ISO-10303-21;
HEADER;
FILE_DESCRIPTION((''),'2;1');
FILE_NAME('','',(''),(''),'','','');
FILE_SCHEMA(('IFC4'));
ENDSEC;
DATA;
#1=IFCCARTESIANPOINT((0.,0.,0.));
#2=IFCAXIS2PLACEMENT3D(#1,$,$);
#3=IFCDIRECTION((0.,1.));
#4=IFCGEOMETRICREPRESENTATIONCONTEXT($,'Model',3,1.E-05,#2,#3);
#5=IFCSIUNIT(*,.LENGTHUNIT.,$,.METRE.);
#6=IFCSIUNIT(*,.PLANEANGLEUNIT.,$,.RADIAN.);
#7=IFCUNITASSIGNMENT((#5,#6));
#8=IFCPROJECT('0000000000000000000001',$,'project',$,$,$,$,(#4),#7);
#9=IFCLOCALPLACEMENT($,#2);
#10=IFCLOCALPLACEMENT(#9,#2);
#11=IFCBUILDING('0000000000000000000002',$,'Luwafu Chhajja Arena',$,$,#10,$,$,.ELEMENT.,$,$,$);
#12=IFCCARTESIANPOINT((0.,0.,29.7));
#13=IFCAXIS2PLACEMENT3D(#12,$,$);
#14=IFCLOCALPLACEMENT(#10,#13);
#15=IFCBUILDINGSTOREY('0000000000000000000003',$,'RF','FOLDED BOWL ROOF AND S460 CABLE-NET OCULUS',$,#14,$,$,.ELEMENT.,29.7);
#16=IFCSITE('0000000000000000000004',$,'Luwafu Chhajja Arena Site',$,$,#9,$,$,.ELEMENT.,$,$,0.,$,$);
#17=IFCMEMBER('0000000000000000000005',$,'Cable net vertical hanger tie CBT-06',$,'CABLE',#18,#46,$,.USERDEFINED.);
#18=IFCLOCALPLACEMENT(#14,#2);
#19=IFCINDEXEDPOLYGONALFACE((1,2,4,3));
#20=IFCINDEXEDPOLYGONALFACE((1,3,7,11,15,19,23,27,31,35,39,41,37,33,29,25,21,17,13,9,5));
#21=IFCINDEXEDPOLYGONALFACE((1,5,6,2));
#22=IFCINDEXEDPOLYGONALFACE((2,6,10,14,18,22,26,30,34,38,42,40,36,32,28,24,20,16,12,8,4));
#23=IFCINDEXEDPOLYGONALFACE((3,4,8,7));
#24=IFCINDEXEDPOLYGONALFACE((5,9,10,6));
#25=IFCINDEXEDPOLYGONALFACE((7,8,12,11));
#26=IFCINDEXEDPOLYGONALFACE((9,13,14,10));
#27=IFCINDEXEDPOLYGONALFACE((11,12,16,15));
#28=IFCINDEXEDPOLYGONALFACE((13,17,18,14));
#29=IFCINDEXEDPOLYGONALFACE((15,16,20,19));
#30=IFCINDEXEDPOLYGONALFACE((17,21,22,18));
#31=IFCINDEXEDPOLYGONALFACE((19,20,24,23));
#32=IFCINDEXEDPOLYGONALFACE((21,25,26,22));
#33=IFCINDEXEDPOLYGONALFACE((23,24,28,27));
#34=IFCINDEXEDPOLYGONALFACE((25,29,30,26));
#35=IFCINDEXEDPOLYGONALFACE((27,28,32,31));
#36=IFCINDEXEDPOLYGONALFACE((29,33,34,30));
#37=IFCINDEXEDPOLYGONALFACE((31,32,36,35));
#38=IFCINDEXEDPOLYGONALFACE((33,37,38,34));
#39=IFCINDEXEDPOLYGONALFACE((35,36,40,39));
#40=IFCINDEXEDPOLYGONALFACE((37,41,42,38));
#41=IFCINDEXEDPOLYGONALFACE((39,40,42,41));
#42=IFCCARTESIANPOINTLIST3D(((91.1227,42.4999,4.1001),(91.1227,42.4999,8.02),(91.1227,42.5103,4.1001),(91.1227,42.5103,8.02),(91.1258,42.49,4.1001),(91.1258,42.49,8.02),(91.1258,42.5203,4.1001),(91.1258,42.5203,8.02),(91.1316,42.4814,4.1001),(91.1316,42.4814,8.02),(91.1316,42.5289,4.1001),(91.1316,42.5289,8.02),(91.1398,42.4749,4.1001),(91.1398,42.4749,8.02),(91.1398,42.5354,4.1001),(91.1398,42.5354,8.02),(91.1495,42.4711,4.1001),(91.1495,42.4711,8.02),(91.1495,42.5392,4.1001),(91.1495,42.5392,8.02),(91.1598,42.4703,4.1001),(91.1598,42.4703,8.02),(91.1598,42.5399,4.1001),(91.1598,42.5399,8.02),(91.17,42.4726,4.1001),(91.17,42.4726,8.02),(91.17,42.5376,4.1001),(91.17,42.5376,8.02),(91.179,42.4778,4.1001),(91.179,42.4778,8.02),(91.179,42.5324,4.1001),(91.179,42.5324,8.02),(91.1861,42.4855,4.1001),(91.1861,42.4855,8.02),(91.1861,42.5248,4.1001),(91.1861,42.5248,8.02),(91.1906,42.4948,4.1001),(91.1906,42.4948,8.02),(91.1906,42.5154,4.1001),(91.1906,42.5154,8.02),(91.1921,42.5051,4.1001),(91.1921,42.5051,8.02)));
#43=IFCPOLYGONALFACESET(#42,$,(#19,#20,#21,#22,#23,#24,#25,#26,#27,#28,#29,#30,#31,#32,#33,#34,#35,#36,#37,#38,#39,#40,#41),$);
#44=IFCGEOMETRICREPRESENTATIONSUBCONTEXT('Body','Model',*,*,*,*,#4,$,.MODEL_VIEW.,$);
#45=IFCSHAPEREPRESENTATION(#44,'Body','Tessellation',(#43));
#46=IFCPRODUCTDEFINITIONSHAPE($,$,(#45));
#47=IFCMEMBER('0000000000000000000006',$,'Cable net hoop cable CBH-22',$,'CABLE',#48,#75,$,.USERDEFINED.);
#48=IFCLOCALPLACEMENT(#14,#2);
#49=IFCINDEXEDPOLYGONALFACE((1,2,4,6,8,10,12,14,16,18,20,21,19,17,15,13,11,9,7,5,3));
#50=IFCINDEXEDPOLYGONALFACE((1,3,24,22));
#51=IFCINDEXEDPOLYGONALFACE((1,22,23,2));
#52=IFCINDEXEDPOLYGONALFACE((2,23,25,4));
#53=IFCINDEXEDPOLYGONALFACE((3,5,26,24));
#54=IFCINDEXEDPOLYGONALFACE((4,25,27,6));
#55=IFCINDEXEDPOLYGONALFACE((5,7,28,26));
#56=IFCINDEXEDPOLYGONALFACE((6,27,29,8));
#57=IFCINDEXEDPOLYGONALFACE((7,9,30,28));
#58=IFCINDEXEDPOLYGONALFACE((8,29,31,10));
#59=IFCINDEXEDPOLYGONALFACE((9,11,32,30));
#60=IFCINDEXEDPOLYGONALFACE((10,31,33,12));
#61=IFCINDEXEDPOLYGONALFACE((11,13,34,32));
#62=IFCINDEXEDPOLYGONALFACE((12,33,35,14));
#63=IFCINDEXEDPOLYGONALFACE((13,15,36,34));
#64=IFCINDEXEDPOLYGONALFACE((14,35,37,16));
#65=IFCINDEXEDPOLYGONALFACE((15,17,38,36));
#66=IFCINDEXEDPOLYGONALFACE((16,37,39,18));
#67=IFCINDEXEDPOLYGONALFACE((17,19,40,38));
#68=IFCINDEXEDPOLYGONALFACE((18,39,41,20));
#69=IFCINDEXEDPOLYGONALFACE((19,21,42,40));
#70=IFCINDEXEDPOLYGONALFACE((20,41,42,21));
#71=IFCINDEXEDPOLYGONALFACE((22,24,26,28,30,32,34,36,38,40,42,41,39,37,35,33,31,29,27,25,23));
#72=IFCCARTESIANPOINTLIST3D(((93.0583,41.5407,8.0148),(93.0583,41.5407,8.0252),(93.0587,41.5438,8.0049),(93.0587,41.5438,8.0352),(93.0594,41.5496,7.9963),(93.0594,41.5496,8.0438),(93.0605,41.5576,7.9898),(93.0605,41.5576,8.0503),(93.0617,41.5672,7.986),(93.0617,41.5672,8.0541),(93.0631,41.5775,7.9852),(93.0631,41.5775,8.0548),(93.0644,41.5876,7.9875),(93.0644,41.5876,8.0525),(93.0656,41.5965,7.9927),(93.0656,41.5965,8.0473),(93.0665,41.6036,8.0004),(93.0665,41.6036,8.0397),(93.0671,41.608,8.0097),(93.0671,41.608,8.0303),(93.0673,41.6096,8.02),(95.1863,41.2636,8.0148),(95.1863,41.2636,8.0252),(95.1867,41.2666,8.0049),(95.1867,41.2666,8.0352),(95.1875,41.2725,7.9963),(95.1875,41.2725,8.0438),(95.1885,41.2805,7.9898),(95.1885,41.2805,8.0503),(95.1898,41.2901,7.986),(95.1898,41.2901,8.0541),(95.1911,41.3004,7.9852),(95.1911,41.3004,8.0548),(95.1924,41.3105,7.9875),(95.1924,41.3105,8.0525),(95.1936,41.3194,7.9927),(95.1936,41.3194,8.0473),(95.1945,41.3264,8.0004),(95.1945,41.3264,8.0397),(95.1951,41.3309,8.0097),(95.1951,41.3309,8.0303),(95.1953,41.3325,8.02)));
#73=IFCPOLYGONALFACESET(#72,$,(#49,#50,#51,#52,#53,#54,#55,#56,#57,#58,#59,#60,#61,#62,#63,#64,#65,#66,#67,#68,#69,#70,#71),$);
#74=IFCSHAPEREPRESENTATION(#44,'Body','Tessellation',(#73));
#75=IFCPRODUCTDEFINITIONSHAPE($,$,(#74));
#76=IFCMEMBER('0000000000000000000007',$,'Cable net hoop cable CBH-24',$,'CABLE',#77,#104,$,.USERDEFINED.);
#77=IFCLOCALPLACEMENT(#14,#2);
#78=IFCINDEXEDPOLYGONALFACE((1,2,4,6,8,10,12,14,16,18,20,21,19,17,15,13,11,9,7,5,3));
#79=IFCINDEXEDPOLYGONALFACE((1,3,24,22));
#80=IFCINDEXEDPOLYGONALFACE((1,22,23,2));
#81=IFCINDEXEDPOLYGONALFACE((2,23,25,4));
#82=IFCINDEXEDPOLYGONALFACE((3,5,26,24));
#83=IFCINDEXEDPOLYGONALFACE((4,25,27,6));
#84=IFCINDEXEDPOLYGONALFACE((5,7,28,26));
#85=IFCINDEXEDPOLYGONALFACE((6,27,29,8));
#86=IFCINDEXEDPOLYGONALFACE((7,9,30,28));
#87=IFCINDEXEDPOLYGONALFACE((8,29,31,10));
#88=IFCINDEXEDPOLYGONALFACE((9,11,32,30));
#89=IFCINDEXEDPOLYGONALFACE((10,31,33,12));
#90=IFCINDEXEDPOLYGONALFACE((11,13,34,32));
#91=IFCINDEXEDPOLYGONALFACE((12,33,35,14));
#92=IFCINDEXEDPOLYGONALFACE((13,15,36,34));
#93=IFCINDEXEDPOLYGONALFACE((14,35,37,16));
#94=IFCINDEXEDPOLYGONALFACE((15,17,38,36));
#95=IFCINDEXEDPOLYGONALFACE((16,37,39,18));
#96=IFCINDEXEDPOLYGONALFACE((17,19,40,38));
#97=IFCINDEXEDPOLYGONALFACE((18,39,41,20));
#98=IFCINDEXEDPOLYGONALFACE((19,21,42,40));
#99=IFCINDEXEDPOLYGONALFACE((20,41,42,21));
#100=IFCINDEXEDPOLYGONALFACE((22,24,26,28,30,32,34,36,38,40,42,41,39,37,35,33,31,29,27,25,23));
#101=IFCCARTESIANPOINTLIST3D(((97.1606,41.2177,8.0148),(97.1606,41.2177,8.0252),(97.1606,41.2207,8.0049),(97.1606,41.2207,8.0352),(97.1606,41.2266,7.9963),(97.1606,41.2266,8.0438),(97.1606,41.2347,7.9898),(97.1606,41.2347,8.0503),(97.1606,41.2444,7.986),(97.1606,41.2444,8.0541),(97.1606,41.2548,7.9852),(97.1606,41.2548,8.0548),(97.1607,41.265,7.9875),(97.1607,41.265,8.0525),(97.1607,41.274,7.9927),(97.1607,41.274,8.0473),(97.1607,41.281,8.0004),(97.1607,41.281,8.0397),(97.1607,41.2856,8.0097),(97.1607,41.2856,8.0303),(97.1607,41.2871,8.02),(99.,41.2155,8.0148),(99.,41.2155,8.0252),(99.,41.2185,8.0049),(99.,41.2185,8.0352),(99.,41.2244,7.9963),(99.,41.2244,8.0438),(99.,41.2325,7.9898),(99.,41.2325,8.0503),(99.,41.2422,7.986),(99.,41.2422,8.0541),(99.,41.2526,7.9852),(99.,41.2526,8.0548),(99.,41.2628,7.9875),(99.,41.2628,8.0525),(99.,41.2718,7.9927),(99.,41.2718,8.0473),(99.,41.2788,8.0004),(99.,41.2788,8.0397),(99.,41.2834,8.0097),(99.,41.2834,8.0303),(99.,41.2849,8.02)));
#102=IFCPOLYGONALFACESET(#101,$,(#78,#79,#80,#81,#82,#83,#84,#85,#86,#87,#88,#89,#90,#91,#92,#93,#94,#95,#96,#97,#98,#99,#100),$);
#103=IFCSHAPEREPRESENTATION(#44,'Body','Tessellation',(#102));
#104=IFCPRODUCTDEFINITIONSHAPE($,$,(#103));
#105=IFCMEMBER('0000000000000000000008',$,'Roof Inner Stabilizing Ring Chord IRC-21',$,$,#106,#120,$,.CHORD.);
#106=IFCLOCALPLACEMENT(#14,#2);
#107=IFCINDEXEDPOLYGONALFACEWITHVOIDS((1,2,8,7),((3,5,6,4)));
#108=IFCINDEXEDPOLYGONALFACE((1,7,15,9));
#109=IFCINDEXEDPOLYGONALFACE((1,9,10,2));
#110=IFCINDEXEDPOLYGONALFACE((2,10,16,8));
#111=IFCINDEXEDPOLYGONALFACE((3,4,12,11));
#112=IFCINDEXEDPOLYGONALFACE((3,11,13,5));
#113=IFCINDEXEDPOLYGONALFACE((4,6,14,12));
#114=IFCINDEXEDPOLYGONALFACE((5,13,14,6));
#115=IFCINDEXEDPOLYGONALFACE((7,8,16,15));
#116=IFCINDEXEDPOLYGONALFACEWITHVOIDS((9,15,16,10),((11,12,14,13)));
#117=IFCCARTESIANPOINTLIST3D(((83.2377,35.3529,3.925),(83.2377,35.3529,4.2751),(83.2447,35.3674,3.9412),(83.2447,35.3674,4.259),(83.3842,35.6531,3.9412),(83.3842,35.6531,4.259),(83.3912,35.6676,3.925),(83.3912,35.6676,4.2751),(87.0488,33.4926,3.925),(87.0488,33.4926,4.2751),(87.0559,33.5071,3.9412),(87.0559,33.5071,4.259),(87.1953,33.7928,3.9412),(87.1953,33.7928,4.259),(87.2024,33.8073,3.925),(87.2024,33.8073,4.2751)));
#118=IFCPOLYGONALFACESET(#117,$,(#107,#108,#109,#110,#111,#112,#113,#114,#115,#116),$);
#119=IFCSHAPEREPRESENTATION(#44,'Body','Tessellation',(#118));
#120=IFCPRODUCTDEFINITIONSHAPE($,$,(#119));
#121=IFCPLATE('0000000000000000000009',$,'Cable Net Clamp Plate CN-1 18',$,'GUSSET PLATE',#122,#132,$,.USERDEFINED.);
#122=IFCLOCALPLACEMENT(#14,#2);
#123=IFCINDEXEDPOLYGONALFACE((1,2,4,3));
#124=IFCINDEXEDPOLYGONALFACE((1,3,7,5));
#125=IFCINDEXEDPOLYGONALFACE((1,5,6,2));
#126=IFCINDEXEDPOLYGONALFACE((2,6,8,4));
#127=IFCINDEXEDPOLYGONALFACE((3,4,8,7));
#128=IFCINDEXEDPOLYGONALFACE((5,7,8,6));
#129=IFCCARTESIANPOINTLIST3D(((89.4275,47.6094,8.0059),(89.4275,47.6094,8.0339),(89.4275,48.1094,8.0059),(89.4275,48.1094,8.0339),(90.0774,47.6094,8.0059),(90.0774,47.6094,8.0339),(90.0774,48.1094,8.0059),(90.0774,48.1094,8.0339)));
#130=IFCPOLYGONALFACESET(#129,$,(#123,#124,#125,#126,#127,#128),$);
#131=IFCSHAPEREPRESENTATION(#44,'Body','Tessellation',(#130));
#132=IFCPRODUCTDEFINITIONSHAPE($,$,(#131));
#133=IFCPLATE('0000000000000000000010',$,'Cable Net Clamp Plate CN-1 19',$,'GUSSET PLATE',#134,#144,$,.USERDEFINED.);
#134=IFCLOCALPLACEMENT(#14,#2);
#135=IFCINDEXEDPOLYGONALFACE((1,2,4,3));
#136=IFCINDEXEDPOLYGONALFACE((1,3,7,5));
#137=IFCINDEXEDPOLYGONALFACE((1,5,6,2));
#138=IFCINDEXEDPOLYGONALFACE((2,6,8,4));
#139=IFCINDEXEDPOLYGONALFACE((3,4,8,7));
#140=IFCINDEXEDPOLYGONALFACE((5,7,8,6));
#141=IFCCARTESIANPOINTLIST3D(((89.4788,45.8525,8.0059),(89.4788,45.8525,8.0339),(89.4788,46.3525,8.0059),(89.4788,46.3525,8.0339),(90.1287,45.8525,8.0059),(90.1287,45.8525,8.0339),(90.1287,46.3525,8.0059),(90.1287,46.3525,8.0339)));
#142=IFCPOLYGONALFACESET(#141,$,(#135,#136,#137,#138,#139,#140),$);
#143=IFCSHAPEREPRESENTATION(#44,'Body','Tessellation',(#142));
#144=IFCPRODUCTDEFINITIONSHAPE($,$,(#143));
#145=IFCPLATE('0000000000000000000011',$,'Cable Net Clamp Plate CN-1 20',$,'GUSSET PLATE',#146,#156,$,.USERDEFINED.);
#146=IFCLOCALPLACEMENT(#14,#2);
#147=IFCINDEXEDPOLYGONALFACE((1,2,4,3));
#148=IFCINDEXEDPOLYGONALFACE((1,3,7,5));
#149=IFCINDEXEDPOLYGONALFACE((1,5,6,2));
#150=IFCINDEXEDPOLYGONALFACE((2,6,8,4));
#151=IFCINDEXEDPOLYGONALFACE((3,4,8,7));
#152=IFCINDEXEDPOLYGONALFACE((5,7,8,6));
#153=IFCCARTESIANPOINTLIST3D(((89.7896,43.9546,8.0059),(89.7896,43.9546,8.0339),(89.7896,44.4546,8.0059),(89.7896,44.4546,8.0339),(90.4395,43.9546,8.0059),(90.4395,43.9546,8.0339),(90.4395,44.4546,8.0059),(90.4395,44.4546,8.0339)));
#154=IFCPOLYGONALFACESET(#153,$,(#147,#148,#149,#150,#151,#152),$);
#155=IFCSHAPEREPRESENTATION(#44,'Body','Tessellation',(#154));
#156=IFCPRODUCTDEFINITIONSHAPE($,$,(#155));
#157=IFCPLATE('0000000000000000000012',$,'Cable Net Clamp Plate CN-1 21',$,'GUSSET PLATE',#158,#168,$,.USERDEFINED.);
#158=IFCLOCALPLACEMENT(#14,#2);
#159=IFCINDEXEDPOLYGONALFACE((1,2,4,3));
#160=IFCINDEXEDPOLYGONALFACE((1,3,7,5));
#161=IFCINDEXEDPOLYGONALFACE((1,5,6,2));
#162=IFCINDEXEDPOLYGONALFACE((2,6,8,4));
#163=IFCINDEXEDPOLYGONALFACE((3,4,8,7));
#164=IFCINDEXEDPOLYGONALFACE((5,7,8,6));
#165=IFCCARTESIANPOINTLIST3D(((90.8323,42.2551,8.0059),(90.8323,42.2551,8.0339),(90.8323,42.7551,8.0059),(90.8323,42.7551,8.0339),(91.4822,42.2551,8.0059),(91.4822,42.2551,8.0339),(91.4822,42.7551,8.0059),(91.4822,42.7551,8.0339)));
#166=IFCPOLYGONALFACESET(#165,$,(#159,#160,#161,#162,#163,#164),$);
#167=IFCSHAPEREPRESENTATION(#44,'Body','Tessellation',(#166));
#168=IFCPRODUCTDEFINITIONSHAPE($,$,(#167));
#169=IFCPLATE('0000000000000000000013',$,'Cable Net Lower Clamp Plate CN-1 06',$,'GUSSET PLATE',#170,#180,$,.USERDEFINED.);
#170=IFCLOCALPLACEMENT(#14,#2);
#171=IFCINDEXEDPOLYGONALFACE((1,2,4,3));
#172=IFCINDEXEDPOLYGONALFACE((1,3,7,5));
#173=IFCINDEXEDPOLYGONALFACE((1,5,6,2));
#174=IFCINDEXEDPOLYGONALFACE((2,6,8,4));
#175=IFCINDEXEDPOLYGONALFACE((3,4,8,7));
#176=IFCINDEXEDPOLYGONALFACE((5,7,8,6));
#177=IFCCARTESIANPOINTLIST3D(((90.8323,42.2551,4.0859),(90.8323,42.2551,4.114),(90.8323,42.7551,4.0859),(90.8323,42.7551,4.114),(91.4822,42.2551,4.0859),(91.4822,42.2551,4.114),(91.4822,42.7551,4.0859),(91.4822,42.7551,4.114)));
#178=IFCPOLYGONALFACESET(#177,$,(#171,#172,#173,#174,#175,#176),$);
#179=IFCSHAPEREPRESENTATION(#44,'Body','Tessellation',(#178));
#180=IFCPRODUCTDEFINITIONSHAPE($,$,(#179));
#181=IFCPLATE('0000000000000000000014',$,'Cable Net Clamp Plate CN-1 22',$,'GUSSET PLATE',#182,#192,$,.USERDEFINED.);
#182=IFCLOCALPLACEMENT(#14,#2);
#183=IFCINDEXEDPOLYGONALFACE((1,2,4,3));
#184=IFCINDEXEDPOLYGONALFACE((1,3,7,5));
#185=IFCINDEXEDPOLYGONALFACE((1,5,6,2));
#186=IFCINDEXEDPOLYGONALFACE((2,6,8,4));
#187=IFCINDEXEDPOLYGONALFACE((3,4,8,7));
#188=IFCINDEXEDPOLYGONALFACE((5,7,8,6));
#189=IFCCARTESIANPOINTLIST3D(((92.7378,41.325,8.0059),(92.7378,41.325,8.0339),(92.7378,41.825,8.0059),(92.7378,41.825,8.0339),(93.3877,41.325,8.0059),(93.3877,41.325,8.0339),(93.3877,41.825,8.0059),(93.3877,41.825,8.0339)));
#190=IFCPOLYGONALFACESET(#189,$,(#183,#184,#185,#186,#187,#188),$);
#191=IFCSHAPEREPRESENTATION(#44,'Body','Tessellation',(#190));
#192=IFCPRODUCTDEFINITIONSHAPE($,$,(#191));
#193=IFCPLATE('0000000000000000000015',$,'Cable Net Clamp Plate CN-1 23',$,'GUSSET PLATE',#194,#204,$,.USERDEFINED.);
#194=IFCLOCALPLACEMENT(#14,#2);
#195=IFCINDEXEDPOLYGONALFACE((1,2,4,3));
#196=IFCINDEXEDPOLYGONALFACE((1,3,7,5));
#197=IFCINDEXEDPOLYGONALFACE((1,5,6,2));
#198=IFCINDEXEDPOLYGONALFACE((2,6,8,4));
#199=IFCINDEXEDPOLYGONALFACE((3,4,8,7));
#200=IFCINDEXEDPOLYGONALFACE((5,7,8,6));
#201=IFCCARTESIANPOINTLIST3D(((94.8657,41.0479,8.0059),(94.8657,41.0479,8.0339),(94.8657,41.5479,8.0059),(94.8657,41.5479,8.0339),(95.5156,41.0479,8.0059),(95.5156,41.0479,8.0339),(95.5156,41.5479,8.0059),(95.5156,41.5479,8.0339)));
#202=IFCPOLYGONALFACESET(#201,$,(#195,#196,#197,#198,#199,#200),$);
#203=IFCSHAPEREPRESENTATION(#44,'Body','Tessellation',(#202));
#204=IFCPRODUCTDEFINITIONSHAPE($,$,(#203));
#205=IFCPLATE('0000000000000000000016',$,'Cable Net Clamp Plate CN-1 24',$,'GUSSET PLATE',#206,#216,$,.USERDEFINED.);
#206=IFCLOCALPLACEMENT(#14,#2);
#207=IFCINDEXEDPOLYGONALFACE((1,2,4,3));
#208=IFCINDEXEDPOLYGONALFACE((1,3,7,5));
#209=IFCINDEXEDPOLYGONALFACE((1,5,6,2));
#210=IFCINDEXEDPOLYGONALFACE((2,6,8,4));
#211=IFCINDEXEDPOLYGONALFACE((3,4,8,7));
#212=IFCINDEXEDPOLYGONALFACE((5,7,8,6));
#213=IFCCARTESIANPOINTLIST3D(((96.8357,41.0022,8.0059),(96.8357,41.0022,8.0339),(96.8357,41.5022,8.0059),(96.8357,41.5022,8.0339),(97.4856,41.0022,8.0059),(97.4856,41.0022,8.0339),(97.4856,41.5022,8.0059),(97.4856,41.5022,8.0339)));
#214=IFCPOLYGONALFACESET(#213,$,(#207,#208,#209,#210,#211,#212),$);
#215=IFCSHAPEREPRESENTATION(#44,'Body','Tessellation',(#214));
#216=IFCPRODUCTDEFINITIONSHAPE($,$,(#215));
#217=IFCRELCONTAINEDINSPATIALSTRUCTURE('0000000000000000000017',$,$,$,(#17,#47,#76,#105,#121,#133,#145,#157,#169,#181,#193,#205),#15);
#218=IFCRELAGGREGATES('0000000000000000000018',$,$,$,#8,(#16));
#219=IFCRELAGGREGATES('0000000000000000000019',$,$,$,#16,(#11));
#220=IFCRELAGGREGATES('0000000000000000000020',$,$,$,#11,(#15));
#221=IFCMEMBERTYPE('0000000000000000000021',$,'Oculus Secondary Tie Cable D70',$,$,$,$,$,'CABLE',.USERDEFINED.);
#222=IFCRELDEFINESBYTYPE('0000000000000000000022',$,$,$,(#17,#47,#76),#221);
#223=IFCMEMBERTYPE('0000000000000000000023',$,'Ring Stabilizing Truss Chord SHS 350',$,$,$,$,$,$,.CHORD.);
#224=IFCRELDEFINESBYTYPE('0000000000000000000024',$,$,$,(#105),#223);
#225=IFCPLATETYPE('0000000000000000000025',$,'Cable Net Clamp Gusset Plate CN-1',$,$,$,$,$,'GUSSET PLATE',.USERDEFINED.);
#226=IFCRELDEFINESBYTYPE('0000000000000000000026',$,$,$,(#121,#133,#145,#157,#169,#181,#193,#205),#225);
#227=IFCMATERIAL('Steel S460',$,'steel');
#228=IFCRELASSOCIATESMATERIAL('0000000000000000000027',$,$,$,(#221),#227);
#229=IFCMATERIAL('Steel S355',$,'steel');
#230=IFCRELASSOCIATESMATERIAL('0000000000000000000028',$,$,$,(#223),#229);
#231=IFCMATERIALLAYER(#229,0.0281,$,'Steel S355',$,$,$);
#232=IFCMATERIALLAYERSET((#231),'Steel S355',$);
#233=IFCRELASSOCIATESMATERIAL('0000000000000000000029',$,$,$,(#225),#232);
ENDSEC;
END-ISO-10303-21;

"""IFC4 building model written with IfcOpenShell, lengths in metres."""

from ifc_helpers import new_model, si_unit, direction, frame, origin, origin_2d, place, context, subcontext, project, spatial, rectangle, hollow_rectangle, circle, extrude, material, layer, layer_set, material_profile, profile_set, type_object, element, save


model = new_model("IFC4")

# Units and contexts
model_context = context("Model", 3, precision=1e-05, world=origin(), true_north=direction((0.0, 1.0)))
body_context = subcontext(model_context, "Body", "Model", "MODEL_VIEW")
ifc_project = project(units=[si_unit("LENGTHUNIT", "METRE"), si_unit("PLANEANGLEUNIT", "RADIAN")], contexts=[model_context])

# Site, building, storey
site_placement = place(None, origin())
site = spatial("IfcSite", under=ifc_project, at=site_placement, Name="Luwafu Chhajja Arena Site", CompositionType="ELEMENT", RefElevation=0.0)
building_placement = place(site_placement, origin())
building = spatial("IfcBuilding", under=site, at=building_placement, Name="Luwafu Chhajja Arena", CompositionType="ELEMENT")
storey_placement = place(building_placement, frame((0.0, 0.0, 29.7)))
storey = spatial("IfcBuildingStorey", under=building, at=storey_placement, Name="RF", Description="FOLDED BOWL ROOF AND S460 CABLE-NET OCULUS", CompositionType="ELEMENT", Elevation=29.7)

# Shared definitions
ifc_material_1 = material(Name="Steel S355", Category="steel")

# Members
ifc_material_2 = material(Name="Steel S460", Category="steel")
ifc_material_profile_1 = material_profile(ifc_material_2, circle(Radius=0.0349, at=origin_2d()), Name="CABLE D70")
ifc_profile_set_1 = profile_set([ifc_material_profile_1], Name="Steel S460")
member_type_1 = type_object("IfcMemberType", Name="Oculus Secondary Tie Cable D70", ElementType="CABLE", PredefinedType="USERDEFINED", material=ifc_profile_set_1)
member_1_placement = place(storey_placement, frame((91.1572, 42.5051, 4.1001), z_axis=(0.0, 0.0, 1.0), x_axis=(1.0, 0.0, 0.0)))
element("IfcMember", 1, at=member_1_placement, inside=storey, type_object=member_type_1, Name="Cable net vertical hanger tie CBT-06", ObjectType="CABLE", PredefinedType="USERDEFINED", context=body_context, shape_type="SweptSolid", body=[
    extrude(circle(Radius=0.0349, at=origin_2d()), origin(), (0.0, 0.0, 1.0), 3.9199),
])
member_2_placement = place(storey_placement, frame((93.0627, 41.575, 8.02), z_axis=(0.991628, -0.12913, 0.0), x_axis=(0.12913, 0.991628, 0.0)))
element("IfcMember", 2, at=member_2_placement, inside=storey, type_object=member_type_1, Name="Cable net hoop cable CBH-22", ObjectType="CABLE", PredefinedType="USERDEFINED", context=body_context, shape_type="SweptSolid", body=[
    extrude(circle(Radius=0.0349, at=origin_2d()), origin(), (0.0, 0.0, 1.0), 2.146),
])
member_3_placement = place(storey_placement, frame((97.1606, 41.2522, 8.02), z_axis=(0.999999, -0.001195, 0.0), x_axis=(0.001195, 0.999999, 0.0)))
element("IfcMember", 3, at=member_3_placement, inside=storey, type_object=member_type_1, Name="Cable net hoop cable CBH-24", ObjectType="CABLE", PredefinedType="USERDEFINED", context=body_context, shape_type="SweptSolid", body=[
    extrude(circle(Radius=0.0349, at=origin_2d()), origin(), (0.0, 0.0, 1.0), 1.8394),
])
ifc_material_profile_2 = material_profile(ifc_material_1, hollow_rectangle(XDim=0.3501, YDim=0.3501, WallThickness=0.0161, at=origin_2d()), Name="SHS 350x350x16")
ifc_profile_set_2 = profile_set([ifc_material_profile_2], Name="Steel S355")
member_type_2 = type_object("IfcMemberType", Name="Ring Stabilizing Truss Chord SHS 350", PredefinedType="CHORD", material=ifc_profile_set_2)
member_4_placement = place(storey_placement, frame((83.3145, 35.5103, 4.1001), z_axis=(0.898658, -0.43865, 0.0), x_axis=(0.43865, 0.898658, 0.0)))
element("IfcMember", 4, at=member_4_placement, inside=storey, type_object=member_type_2, Name="Roof Inner Stabilizing Ring Chord IRC-21", PredefinedType="CHORD", context=body_context, shape_type="SweptSolid", body=[
    extrude(hollow_rectangle(XDim=0.3501, YDim=0.3501, WallThickness=0.0161, at=origin_2d()), origin(), (0.0, 0.0, 1.0), 4.241),
])

# Plates
ifc_layer_1 = layer(ifc_material_1, 0.0281, Name="Steel S355")
ifc_layer_set_1 = layer_set([ifc_layer_1], Name="Steel S355")
plate_type_1 = type_object("IfcPlateType", Name="Cable Net Clamp Gusset Plate CN-1", ElementType="GUSSET PLATE", PredefinedType="USERDEFINED", material=ifc_layer_set_1)
for number, where, z_axis, x_axis, name in (
    (5, (89.7524, 47.8594, 8.0059), (0.0, 0.0, 1.0), (1.0, 0.0, 0.0), "Cable Net Clamp Plate CN-1 18"),
    (6, (89.8037, 46.1025, 8.0059), (0.0, 0.0, 1.0), (1.0, 0.0, 0.0), "Cable Net Clamp Plate CN-1 19"),
    (7, (90.1145, 44.2046, 8.0059), (0.0, 0.0, 1.0), (1.0, 0.0, 0.0), "Cable Net Clamp Plate CN-1 20"),
    (8, (91.1572, 42.5051, 8.0059), (0.0, 0.0, 1.0), (1.0, 0.0, 0.0), "Cable Net Clamp Plate CN-1 21"),
    (9, (91.1572, 42.5051, 4.0859), (0.0, 0.0, 1.0), (1.0, 0.0, 0.0), "Cable Net Lower Clamp Plate CN-1 06"),
    (10, (93.0627, 41.575, 8.0059), (0.0, 0.0, 1.0), (1.0, 0.0, 0.0), "Cable Net Clamp Plate CN-1 22"),
    (11, (95.1907, 41.2979, 8.0059), (0.0, 0.0, 1.0), (1.0, 0.0, 0.0), "Cable Net Clamp Plate CN-1 23"),
    (12, (97.1606, 41.2522, 8.0059), (0.0, 0.0, 1.0), (1.0, 0.0, 0.0), "Cable Net Clamp Plate CN-1 24"),
):
    element("IfcPlate", number, at=place(storey_placement, frame(where, z_axis=z_axis, x_axis=x_axis)), inside=storey, type_object=plate_type_1, Name=name, ObjectType="GUSSET PLATE", PredefinedType="USERDEFINED", context=body_context, shape_type="SweptSolid", body=[
        extrude(rectangle(XDim=0.6499, YDim=0.5, at=origin_2d()), origin(), (0.0, 0.0, 1.0), 0.0281),
    ])

save(model, "model.ifc")
